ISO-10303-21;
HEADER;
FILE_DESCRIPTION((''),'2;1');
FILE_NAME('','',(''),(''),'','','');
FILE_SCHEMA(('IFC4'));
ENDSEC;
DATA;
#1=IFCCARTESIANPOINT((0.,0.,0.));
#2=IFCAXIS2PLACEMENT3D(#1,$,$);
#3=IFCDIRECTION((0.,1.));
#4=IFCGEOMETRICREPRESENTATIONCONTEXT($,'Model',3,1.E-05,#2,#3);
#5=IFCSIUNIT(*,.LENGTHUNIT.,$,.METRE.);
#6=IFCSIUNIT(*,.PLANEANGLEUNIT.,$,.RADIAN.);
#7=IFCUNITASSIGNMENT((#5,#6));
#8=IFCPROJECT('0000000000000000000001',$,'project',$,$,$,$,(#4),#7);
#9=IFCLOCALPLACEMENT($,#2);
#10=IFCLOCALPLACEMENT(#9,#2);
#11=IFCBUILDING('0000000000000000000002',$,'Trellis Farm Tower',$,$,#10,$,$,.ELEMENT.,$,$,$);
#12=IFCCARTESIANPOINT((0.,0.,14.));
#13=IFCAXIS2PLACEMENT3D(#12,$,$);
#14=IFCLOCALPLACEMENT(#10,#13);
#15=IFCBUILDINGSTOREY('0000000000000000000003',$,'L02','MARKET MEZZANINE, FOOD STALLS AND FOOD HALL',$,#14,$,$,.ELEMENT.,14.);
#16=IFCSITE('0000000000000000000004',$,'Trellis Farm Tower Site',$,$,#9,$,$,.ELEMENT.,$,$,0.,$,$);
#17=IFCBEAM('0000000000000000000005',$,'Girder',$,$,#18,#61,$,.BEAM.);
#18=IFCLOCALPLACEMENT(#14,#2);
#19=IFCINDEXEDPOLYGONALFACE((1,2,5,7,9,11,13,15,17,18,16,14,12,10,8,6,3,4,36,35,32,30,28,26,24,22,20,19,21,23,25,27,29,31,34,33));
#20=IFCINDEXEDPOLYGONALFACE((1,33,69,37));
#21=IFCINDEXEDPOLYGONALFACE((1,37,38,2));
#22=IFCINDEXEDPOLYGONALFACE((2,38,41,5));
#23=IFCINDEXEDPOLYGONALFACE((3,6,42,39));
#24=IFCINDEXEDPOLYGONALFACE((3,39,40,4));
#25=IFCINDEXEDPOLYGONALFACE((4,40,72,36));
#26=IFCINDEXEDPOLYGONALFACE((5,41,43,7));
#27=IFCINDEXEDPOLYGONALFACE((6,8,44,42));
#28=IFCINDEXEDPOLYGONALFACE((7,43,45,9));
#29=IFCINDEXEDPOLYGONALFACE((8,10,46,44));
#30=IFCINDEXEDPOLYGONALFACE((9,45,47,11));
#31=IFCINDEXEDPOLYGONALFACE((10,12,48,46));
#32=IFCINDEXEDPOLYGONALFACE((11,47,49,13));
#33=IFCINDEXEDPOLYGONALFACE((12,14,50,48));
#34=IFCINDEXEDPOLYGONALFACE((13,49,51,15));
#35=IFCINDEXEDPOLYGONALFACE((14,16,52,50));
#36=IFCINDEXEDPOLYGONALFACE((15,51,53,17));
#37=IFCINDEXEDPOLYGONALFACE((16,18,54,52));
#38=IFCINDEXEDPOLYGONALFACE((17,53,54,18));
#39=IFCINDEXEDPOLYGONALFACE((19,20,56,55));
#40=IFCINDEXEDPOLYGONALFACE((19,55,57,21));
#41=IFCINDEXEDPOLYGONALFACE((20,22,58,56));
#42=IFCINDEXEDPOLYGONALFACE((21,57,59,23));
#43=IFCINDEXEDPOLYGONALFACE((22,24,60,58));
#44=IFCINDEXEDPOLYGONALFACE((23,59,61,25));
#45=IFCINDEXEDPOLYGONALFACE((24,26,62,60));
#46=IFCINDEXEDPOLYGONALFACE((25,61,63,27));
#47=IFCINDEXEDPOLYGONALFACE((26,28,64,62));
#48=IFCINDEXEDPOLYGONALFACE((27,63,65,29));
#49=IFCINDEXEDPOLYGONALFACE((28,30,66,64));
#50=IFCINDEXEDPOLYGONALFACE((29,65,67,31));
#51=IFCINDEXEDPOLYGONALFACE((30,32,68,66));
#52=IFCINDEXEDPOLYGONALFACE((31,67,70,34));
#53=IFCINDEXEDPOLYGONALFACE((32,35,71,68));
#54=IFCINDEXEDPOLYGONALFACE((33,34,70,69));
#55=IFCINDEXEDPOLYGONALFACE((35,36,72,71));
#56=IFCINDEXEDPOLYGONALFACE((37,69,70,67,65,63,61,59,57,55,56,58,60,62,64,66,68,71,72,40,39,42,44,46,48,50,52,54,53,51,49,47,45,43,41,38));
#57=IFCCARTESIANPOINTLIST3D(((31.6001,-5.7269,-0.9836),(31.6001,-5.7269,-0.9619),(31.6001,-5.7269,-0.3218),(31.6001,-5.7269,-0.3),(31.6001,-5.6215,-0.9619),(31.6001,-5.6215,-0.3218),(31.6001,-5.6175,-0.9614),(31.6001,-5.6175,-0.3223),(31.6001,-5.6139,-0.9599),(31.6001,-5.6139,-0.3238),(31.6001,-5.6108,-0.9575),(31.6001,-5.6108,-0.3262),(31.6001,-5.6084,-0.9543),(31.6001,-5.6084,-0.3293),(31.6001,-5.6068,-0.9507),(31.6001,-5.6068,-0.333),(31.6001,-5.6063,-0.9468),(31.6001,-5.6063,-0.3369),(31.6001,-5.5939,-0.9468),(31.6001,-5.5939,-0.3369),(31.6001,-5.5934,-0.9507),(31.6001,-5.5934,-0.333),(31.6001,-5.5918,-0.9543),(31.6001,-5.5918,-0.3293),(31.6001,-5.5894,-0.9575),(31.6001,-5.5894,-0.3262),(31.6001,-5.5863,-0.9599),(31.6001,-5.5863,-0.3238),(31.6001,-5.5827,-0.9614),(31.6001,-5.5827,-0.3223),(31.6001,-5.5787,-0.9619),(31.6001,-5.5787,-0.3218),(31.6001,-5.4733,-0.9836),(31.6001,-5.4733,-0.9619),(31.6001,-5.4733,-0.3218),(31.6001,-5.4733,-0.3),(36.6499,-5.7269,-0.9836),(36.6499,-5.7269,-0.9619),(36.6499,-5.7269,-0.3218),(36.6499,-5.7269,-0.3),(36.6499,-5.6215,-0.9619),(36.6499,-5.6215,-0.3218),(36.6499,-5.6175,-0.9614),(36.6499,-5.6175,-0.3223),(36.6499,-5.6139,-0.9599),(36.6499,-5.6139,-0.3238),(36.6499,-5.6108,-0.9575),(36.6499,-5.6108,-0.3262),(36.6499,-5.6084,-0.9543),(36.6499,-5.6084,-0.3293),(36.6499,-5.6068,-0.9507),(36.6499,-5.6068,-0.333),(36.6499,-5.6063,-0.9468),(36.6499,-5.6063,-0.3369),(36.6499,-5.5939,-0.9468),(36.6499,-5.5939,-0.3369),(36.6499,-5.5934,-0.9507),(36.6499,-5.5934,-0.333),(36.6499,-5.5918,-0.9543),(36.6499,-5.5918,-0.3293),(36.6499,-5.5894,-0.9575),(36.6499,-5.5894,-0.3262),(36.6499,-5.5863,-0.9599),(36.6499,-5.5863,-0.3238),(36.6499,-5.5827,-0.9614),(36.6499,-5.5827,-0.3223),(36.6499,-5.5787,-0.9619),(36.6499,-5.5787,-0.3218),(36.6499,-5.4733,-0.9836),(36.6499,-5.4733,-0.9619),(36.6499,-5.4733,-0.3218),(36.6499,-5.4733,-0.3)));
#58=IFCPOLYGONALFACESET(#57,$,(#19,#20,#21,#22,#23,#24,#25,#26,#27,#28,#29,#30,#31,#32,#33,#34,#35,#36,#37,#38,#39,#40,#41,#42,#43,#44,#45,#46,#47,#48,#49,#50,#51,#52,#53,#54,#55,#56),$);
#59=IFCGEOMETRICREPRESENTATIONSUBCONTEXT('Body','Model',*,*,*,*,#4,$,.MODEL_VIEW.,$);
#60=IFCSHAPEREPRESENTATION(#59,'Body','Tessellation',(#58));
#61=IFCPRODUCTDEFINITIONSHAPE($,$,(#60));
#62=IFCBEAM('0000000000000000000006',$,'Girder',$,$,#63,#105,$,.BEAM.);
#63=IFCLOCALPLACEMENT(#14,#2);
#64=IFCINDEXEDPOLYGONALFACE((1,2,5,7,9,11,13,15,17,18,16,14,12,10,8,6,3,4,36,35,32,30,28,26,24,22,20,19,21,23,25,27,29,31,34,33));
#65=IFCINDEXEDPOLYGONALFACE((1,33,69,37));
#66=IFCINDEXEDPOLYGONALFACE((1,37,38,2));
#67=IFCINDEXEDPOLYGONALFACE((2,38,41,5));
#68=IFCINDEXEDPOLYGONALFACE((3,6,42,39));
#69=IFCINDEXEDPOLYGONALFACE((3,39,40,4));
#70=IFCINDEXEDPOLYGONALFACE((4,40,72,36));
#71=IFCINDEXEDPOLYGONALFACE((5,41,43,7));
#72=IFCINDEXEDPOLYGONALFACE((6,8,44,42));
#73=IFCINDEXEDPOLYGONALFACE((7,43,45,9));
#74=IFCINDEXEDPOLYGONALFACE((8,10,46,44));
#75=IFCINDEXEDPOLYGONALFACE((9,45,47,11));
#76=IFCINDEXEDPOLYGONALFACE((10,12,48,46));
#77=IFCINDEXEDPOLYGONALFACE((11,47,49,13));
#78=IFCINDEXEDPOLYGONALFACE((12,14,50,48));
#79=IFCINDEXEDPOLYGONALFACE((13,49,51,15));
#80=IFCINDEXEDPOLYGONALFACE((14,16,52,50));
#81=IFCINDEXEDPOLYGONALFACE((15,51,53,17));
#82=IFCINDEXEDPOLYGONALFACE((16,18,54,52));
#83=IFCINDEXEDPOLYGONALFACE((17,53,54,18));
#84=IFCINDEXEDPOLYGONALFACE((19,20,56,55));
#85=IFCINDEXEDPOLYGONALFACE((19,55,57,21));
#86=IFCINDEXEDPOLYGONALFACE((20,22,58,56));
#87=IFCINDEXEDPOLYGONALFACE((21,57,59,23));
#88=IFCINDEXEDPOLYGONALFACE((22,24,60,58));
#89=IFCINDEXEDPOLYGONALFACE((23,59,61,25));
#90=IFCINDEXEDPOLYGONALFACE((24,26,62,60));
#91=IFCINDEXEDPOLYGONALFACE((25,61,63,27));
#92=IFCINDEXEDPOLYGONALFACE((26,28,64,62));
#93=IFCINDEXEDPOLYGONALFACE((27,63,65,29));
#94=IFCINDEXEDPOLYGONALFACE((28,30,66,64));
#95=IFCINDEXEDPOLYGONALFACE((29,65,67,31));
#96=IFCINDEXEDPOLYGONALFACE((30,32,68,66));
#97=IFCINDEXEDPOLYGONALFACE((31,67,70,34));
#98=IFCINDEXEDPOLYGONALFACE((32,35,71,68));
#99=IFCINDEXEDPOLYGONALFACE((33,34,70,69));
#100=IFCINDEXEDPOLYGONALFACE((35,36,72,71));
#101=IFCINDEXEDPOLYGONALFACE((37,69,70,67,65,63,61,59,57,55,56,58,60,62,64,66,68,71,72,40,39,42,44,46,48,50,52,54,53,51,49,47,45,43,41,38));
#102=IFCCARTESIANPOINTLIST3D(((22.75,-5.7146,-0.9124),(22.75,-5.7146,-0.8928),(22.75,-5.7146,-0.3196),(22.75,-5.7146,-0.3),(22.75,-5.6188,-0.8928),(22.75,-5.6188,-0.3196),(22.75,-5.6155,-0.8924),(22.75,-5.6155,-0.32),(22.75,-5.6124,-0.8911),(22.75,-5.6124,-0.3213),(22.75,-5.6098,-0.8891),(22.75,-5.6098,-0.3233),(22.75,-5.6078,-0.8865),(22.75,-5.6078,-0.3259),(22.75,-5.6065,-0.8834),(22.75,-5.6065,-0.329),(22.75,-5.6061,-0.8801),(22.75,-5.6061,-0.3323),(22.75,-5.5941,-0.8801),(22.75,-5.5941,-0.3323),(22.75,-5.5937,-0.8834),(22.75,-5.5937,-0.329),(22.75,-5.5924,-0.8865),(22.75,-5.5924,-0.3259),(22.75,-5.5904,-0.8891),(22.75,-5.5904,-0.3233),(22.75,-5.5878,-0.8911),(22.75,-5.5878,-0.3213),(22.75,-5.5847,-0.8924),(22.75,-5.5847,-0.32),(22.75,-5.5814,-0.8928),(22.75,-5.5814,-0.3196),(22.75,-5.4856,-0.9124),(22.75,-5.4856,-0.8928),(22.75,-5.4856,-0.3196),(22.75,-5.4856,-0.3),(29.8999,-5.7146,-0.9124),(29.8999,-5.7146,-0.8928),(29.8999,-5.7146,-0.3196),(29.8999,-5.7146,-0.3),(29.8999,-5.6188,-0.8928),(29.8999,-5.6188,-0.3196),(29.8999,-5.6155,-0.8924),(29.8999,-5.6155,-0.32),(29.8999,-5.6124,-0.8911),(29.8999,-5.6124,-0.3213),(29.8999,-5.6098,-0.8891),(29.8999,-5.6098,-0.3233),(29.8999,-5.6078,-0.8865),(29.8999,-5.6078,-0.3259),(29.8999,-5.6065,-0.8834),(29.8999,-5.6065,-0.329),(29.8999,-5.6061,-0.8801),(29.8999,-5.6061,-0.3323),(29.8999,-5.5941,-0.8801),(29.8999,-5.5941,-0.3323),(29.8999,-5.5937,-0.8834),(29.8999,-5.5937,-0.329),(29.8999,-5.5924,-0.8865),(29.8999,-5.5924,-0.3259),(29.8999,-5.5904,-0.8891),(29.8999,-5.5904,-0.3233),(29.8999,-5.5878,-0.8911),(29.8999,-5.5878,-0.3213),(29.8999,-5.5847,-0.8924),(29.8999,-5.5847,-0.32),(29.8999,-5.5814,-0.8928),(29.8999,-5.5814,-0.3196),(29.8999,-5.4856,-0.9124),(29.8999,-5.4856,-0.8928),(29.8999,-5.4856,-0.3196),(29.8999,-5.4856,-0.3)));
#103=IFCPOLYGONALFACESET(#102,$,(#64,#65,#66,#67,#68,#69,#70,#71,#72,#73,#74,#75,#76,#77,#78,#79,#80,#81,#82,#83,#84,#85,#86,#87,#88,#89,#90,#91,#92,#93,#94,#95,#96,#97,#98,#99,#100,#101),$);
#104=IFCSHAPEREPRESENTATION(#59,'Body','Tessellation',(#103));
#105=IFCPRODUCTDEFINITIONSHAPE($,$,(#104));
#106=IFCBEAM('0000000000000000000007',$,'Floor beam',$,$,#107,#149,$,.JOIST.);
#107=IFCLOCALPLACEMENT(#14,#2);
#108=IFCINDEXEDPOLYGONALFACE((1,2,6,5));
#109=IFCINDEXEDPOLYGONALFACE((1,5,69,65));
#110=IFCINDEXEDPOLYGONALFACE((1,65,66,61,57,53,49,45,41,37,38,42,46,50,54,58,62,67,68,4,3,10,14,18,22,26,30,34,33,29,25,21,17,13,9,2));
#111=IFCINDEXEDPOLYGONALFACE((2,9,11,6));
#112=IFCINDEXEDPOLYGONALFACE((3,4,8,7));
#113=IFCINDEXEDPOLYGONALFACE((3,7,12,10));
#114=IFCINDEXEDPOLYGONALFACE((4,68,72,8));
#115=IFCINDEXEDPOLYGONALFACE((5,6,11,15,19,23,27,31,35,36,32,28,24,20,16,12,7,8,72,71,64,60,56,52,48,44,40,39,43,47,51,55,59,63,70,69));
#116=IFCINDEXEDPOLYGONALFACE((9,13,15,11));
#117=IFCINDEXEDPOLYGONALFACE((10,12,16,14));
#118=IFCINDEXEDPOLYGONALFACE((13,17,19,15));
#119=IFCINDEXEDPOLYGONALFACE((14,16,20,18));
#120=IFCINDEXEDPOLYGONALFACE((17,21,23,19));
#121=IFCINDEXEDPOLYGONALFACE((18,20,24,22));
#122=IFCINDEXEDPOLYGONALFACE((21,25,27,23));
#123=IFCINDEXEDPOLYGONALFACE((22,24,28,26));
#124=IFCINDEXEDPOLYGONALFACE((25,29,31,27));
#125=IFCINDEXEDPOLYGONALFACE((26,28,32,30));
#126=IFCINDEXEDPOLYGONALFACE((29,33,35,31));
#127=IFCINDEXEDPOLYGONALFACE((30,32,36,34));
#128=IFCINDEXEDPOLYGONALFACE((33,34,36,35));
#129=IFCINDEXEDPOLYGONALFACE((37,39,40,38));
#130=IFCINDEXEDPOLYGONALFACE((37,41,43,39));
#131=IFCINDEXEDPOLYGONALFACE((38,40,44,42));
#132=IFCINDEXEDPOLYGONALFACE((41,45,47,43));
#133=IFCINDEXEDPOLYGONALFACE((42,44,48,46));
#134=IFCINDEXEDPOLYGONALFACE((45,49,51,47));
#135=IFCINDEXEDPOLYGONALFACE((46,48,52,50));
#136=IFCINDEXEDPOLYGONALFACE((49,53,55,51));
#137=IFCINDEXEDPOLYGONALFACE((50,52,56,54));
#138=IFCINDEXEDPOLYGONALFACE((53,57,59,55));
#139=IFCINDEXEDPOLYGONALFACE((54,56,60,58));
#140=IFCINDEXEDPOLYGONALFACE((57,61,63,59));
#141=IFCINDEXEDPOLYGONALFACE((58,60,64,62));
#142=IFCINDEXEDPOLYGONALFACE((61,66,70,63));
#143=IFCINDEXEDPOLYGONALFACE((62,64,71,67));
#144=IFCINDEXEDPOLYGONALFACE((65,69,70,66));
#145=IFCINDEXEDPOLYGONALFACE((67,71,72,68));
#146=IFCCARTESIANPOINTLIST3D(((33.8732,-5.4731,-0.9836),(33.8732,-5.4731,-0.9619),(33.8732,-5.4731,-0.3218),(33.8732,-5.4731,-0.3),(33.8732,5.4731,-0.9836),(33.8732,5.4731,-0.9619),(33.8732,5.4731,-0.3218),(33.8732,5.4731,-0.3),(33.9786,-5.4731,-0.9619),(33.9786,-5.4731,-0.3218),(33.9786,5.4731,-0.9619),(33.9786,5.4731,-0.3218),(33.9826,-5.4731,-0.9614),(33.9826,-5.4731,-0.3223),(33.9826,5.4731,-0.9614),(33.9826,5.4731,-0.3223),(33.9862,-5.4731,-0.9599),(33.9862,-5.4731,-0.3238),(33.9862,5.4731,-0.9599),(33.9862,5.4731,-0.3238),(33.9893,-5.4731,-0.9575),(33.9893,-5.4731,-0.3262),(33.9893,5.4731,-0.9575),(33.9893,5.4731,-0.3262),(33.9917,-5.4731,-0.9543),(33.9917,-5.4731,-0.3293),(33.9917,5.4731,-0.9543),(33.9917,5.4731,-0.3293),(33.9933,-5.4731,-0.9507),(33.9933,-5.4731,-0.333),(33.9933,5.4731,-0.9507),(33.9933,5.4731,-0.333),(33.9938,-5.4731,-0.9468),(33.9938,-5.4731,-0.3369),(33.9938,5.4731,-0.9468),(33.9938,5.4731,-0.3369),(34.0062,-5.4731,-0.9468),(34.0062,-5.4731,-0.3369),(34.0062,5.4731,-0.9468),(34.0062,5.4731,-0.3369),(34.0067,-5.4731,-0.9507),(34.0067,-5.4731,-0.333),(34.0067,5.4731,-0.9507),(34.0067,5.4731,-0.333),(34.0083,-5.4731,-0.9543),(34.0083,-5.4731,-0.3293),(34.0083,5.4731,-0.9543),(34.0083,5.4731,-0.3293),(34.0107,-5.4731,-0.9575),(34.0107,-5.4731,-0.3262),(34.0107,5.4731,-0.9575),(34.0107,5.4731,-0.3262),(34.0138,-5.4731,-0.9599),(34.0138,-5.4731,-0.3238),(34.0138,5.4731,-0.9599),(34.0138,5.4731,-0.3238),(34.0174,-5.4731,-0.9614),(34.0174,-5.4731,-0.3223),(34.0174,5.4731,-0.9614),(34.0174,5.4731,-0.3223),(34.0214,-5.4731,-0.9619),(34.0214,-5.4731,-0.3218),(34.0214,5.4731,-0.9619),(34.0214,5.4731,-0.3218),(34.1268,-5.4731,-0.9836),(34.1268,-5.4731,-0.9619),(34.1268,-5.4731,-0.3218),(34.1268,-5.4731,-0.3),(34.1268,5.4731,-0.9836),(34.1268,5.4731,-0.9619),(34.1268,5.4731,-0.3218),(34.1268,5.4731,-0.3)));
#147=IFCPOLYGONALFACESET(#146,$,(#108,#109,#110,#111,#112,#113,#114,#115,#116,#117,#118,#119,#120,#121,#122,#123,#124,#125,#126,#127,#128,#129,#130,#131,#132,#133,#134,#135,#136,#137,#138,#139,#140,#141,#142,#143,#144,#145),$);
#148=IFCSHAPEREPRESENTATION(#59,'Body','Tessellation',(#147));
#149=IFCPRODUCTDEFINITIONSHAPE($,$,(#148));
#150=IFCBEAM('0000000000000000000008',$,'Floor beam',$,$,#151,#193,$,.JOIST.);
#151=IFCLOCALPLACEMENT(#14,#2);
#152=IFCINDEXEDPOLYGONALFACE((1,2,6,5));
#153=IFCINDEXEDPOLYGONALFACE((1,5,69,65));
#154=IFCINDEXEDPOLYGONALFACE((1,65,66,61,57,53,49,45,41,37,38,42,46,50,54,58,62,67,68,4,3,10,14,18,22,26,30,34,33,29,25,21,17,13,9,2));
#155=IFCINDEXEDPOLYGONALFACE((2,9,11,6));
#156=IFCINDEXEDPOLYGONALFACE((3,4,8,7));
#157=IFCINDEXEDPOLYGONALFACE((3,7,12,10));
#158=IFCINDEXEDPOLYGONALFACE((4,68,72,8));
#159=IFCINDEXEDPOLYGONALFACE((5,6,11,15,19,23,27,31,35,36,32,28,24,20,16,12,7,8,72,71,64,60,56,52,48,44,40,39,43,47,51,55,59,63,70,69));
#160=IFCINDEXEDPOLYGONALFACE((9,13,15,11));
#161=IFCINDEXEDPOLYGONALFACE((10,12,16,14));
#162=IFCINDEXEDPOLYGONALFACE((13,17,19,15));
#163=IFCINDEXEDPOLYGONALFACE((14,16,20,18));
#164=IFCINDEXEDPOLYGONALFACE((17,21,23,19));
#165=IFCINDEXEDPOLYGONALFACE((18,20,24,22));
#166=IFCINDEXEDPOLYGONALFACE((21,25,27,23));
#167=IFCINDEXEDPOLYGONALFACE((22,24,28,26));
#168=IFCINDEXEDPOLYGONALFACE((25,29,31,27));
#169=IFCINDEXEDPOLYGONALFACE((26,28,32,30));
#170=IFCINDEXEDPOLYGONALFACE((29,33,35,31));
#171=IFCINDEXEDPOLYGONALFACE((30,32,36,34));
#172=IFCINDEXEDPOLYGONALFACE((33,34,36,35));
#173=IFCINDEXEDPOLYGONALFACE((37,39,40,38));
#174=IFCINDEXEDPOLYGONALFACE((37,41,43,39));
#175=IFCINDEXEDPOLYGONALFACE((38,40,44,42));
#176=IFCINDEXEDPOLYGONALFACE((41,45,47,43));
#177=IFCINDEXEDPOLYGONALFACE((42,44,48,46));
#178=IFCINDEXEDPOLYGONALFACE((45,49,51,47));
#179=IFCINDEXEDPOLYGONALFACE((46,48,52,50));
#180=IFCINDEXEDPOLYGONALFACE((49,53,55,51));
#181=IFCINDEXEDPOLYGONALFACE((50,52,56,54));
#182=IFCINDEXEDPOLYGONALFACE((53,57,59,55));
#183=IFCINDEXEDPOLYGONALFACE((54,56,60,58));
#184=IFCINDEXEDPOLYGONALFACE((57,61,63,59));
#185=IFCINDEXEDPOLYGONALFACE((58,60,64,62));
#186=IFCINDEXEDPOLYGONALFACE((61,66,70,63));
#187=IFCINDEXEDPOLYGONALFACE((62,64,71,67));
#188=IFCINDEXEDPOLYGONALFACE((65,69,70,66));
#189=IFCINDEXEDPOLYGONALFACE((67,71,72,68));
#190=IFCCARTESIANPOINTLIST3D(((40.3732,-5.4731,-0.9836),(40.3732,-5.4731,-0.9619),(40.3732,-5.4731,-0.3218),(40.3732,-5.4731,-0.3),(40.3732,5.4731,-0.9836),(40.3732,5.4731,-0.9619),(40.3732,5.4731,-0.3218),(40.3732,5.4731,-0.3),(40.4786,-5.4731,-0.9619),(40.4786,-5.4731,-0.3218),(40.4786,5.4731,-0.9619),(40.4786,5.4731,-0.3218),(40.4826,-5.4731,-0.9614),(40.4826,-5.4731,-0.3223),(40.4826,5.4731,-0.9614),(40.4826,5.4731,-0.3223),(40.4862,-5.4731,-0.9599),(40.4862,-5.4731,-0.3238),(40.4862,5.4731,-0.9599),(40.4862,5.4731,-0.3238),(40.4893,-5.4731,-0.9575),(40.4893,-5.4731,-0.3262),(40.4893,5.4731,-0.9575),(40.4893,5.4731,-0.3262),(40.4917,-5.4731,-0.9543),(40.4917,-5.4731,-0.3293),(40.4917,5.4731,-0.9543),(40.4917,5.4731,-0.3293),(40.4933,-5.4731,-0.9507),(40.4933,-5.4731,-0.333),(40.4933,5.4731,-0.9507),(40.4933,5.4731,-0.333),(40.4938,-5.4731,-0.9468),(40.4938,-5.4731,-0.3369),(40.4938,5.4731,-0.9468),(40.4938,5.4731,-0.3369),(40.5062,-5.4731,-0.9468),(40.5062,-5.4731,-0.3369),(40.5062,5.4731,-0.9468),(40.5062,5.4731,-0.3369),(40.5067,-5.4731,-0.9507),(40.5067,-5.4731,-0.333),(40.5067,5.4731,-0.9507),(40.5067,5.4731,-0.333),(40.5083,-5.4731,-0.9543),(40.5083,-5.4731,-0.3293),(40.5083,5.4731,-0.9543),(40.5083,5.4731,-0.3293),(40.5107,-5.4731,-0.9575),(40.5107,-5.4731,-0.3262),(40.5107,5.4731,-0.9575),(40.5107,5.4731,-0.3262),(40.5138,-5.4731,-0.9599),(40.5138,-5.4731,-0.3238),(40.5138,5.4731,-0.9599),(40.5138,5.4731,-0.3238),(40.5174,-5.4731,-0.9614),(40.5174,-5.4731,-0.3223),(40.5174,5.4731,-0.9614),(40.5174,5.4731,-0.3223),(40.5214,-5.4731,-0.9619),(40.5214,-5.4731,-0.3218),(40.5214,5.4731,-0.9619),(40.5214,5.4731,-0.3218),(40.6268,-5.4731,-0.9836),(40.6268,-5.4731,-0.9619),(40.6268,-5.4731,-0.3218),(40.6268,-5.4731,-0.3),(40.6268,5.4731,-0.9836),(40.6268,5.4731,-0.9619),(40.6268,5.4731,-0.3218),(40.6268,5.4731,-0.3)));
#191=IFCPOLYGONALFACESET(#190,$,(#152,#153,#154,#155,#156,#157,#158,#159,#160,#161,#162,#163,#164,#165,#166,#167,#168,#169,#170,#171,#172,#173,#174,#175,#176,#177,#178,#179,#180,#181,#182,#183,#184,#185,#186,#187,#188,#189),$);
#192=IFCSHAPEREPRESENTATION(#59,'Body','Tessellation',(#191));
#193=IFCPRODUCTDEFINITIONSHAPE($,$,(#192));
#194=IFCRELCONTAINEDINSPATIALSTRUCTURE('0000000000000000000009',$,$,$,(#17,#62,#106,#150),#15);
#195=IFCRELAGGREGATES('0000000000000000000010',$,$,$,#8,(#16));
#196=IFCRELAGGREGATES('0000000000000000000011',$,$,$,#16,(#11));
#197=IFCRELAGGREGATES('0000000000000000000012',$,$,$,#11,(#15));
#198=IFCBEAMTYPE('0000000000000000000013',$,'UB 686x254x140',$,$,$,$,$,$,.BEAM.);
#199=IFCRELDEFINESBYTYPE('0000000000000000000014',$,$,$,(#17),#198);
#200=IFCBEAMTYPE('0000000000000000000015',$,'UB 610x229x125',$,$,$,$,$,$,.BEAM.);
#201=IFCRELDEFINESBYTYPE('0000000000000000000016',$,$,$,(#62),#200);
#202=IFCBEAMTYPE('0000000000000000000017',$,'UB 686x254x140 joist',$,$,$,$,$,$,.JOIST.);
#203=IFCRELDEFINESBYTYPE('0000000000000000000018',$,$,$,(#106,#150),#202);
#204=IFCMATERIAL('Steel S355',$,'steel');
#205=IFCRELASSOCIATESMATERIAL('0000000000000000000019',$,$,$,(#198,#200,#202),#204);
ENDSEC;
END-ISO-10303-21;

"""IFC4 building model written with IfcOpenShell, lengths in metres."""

from ifc_helpers import new_model, si_unit, direction, frame, origin, origin_2d, place, context, subcontext, project, spatial, i_section, extrude, source, transform, mapped, material, material_profile, profile_set, type_object, element, save


model = new_model("IFC4")

# Units and contexts
model_context = context("Model", 3, precision=1e-05, world=origin(), true_north=direction((0.0, 1.0)))
body_context = subcontext(model_context, "Body", "Model", "MODEL_VIEW")
ifc_project = project(units=[si_unit("LENGTHUNIT", "METRE"), si_unit("PLANEANGLEUNIT", "RADIAN")], contexts=[model_context])

# Site, building, storey
site_placement = place(None, origin())
site = spatial("IfcSite", under=ifc_project, at=site_placement, Name="Trellis Farm Tower Site", CompositionType="ELEMENT", RefElevation=0.0)
building_placement = place(site_placement, origin())
building = spatial("IfcBuilding", under=site, at=building_placement, Name="Trellis Farm Tower", CompositionType="ELEMENT")
storey_placement = place(building_placement, frame((0.0, 0.0, 14.0)))
storey = spatial("IfcBuildingStorey", under=building, at=storey_placement, Name="L02", Description="MARKET MEZZANINE, FOOD STALLS AND FOOD HALL", CompositionType="ELEMENT", Elevation=14.0)

# Beams
ifc_material_1 = material(Name="Steel S355", Category="steel")
ifc_material_profile_1 = material_profile(ifc_material_1, i_section(OverallWidth=0.2537, OverallDepth=0.6836, WebThickness=0.0125, FlangeThickness=0.0217, FilletRadius=0.0151, at=origin_2d()), Name="UB 686x254x140")
ifc_profile_set_1 = profile_set([ifc_material_profile_1], Name="Steel S355")
beam_type_1 = type_object("IfcBeamType", Name="UB 686x254x140", PredefinedType="BEAM", material=ifc_profile_set_1)
shared_shape_1 = source(origin(), body_context, "Body", "SweptSolid", [
    extrude(i_section(OverallWidth=0.2537, OverallDepth=0.6836, WebThickness=0.0125, FlangeThickness=0.0217, FilletRadius=0.0151, at=origin_2d()), origin(), (0.0, 0.0, 1.0), 5.0498),
])
beam_1_placement = place(storey_placement, frame((31.6001, -5.6001, -0.6418), z_axis=(1.0, 0.0, 0.0), x_axis=(0.0, 1.0, 0.0)))
element("IfcBeam", 1, at=beam_1_placement, inside=storey, type_object=beam_type_1, Name="Girder", PredefinedType="BEAM", context=body_context, shape_type="MappedRepresentation", body=[
    mapped(shared_shape_1, transform((0.0, 0.0, 0.0))),
])
ifc_material_profile_2 = material_profile(ifc_material_1, i_section(OverallWidth=0.229, OverallDepth=0.6123, WebThickness=0.012, FlangeThickness=0.0195, FilletRadius=0.0127, at=origin_2d()), Name="UB 610x229x125")
ifc_profile_set_2 = profile_set([ifc_material_profile_2], Name="Steel S355")
beam_type_2 = type_object("IfcBeamType", Name="UB 610x229x125", PredefinedType="BEAM", material=ifc_profile_set_2)
shared_shape_2 = source(origin(), body_context, "Body", "SweptSolid", [
    extrude(i_section(OverallWidth=0.229, OverallDepth=0.6123, WebThickness=0.012, FlangeThickness=0.0195, FilletRadius=0.0127, at=origin_2d()), origin(), (0.0, 0.0, 1.0), 7.1499),
])
beam_2_placement = place(storey_placement, frame((22.75, -5.6001, -0.6062), z_axis=(1.0, 0.0, 0.0), x_axis=(0.0, 1.0, 0.0)))
element("IfcBeam", 2, at=beam_2_placement, inside=storey, type_object=beam_type_2, Name="Girder", PredefinedType="BEAM", context=body_context, shape_type="MappedRepresentation", body=[
    mapped(shared_shape_2, transform((0.0, 0.0, 0.0))),
])
ifc_material_profile_3 = material_profile(ifc_material_1, i_section(OverallWidth=0.2537, OverallDepth=0.6836, WebThickness=0.0125, FlangeThickness=0.0217, FilletRadius=0.0151, at=origin_2d()), Name="UB 686x254x140")
ifc_profile_set_3 = profile_set([ifc_material_profile_3], Name="Steel S355")
beam_type_3 = type_object("IfcBeamType", Name="UB 686x254x140 joist", PredefinedType="JOIST", material=ifc_profile_set_3)
shared_shape_3 = source(origin(), body_context, "Body", "SweptSolid", [
    extrude(i_section(OverallWidth=0.2537, OverallDepth=0.6836, WebThickness=0.0125, FlangeThickness=0.0217, FilletRadius=0.0151, at=origin_2d()), origin(), (0.0, 0.0, 1.0), 10.9463),
])
for number, where, z_axis, x_axis, name in (
    (3, (34.0, -5.4731, -0.6418), (0.0, 1.0, 0.0), (-1.0, 0.0, 0.0), "Floor beam"),
    (4, (40.5, -5.4731, -0.6418), (0.0, 1.0, 0.0), (-1.0, 0.0, 0.0), "Floor beam"),
):
    element("IfcBeam", number, at=place(storey_placement, frame(where, z_axis=z_axis, x_axis=x_axis)), inside=storey, type_object=beam_type_3, Name=name, PredefinedType="JOIST", context=body_context, shape_type="MappedRepresentation", body=[
        mapped(shared_shape_3, transform((0.0, 0.0, 0.0))),
    ])

save(model, "model.ifc")
